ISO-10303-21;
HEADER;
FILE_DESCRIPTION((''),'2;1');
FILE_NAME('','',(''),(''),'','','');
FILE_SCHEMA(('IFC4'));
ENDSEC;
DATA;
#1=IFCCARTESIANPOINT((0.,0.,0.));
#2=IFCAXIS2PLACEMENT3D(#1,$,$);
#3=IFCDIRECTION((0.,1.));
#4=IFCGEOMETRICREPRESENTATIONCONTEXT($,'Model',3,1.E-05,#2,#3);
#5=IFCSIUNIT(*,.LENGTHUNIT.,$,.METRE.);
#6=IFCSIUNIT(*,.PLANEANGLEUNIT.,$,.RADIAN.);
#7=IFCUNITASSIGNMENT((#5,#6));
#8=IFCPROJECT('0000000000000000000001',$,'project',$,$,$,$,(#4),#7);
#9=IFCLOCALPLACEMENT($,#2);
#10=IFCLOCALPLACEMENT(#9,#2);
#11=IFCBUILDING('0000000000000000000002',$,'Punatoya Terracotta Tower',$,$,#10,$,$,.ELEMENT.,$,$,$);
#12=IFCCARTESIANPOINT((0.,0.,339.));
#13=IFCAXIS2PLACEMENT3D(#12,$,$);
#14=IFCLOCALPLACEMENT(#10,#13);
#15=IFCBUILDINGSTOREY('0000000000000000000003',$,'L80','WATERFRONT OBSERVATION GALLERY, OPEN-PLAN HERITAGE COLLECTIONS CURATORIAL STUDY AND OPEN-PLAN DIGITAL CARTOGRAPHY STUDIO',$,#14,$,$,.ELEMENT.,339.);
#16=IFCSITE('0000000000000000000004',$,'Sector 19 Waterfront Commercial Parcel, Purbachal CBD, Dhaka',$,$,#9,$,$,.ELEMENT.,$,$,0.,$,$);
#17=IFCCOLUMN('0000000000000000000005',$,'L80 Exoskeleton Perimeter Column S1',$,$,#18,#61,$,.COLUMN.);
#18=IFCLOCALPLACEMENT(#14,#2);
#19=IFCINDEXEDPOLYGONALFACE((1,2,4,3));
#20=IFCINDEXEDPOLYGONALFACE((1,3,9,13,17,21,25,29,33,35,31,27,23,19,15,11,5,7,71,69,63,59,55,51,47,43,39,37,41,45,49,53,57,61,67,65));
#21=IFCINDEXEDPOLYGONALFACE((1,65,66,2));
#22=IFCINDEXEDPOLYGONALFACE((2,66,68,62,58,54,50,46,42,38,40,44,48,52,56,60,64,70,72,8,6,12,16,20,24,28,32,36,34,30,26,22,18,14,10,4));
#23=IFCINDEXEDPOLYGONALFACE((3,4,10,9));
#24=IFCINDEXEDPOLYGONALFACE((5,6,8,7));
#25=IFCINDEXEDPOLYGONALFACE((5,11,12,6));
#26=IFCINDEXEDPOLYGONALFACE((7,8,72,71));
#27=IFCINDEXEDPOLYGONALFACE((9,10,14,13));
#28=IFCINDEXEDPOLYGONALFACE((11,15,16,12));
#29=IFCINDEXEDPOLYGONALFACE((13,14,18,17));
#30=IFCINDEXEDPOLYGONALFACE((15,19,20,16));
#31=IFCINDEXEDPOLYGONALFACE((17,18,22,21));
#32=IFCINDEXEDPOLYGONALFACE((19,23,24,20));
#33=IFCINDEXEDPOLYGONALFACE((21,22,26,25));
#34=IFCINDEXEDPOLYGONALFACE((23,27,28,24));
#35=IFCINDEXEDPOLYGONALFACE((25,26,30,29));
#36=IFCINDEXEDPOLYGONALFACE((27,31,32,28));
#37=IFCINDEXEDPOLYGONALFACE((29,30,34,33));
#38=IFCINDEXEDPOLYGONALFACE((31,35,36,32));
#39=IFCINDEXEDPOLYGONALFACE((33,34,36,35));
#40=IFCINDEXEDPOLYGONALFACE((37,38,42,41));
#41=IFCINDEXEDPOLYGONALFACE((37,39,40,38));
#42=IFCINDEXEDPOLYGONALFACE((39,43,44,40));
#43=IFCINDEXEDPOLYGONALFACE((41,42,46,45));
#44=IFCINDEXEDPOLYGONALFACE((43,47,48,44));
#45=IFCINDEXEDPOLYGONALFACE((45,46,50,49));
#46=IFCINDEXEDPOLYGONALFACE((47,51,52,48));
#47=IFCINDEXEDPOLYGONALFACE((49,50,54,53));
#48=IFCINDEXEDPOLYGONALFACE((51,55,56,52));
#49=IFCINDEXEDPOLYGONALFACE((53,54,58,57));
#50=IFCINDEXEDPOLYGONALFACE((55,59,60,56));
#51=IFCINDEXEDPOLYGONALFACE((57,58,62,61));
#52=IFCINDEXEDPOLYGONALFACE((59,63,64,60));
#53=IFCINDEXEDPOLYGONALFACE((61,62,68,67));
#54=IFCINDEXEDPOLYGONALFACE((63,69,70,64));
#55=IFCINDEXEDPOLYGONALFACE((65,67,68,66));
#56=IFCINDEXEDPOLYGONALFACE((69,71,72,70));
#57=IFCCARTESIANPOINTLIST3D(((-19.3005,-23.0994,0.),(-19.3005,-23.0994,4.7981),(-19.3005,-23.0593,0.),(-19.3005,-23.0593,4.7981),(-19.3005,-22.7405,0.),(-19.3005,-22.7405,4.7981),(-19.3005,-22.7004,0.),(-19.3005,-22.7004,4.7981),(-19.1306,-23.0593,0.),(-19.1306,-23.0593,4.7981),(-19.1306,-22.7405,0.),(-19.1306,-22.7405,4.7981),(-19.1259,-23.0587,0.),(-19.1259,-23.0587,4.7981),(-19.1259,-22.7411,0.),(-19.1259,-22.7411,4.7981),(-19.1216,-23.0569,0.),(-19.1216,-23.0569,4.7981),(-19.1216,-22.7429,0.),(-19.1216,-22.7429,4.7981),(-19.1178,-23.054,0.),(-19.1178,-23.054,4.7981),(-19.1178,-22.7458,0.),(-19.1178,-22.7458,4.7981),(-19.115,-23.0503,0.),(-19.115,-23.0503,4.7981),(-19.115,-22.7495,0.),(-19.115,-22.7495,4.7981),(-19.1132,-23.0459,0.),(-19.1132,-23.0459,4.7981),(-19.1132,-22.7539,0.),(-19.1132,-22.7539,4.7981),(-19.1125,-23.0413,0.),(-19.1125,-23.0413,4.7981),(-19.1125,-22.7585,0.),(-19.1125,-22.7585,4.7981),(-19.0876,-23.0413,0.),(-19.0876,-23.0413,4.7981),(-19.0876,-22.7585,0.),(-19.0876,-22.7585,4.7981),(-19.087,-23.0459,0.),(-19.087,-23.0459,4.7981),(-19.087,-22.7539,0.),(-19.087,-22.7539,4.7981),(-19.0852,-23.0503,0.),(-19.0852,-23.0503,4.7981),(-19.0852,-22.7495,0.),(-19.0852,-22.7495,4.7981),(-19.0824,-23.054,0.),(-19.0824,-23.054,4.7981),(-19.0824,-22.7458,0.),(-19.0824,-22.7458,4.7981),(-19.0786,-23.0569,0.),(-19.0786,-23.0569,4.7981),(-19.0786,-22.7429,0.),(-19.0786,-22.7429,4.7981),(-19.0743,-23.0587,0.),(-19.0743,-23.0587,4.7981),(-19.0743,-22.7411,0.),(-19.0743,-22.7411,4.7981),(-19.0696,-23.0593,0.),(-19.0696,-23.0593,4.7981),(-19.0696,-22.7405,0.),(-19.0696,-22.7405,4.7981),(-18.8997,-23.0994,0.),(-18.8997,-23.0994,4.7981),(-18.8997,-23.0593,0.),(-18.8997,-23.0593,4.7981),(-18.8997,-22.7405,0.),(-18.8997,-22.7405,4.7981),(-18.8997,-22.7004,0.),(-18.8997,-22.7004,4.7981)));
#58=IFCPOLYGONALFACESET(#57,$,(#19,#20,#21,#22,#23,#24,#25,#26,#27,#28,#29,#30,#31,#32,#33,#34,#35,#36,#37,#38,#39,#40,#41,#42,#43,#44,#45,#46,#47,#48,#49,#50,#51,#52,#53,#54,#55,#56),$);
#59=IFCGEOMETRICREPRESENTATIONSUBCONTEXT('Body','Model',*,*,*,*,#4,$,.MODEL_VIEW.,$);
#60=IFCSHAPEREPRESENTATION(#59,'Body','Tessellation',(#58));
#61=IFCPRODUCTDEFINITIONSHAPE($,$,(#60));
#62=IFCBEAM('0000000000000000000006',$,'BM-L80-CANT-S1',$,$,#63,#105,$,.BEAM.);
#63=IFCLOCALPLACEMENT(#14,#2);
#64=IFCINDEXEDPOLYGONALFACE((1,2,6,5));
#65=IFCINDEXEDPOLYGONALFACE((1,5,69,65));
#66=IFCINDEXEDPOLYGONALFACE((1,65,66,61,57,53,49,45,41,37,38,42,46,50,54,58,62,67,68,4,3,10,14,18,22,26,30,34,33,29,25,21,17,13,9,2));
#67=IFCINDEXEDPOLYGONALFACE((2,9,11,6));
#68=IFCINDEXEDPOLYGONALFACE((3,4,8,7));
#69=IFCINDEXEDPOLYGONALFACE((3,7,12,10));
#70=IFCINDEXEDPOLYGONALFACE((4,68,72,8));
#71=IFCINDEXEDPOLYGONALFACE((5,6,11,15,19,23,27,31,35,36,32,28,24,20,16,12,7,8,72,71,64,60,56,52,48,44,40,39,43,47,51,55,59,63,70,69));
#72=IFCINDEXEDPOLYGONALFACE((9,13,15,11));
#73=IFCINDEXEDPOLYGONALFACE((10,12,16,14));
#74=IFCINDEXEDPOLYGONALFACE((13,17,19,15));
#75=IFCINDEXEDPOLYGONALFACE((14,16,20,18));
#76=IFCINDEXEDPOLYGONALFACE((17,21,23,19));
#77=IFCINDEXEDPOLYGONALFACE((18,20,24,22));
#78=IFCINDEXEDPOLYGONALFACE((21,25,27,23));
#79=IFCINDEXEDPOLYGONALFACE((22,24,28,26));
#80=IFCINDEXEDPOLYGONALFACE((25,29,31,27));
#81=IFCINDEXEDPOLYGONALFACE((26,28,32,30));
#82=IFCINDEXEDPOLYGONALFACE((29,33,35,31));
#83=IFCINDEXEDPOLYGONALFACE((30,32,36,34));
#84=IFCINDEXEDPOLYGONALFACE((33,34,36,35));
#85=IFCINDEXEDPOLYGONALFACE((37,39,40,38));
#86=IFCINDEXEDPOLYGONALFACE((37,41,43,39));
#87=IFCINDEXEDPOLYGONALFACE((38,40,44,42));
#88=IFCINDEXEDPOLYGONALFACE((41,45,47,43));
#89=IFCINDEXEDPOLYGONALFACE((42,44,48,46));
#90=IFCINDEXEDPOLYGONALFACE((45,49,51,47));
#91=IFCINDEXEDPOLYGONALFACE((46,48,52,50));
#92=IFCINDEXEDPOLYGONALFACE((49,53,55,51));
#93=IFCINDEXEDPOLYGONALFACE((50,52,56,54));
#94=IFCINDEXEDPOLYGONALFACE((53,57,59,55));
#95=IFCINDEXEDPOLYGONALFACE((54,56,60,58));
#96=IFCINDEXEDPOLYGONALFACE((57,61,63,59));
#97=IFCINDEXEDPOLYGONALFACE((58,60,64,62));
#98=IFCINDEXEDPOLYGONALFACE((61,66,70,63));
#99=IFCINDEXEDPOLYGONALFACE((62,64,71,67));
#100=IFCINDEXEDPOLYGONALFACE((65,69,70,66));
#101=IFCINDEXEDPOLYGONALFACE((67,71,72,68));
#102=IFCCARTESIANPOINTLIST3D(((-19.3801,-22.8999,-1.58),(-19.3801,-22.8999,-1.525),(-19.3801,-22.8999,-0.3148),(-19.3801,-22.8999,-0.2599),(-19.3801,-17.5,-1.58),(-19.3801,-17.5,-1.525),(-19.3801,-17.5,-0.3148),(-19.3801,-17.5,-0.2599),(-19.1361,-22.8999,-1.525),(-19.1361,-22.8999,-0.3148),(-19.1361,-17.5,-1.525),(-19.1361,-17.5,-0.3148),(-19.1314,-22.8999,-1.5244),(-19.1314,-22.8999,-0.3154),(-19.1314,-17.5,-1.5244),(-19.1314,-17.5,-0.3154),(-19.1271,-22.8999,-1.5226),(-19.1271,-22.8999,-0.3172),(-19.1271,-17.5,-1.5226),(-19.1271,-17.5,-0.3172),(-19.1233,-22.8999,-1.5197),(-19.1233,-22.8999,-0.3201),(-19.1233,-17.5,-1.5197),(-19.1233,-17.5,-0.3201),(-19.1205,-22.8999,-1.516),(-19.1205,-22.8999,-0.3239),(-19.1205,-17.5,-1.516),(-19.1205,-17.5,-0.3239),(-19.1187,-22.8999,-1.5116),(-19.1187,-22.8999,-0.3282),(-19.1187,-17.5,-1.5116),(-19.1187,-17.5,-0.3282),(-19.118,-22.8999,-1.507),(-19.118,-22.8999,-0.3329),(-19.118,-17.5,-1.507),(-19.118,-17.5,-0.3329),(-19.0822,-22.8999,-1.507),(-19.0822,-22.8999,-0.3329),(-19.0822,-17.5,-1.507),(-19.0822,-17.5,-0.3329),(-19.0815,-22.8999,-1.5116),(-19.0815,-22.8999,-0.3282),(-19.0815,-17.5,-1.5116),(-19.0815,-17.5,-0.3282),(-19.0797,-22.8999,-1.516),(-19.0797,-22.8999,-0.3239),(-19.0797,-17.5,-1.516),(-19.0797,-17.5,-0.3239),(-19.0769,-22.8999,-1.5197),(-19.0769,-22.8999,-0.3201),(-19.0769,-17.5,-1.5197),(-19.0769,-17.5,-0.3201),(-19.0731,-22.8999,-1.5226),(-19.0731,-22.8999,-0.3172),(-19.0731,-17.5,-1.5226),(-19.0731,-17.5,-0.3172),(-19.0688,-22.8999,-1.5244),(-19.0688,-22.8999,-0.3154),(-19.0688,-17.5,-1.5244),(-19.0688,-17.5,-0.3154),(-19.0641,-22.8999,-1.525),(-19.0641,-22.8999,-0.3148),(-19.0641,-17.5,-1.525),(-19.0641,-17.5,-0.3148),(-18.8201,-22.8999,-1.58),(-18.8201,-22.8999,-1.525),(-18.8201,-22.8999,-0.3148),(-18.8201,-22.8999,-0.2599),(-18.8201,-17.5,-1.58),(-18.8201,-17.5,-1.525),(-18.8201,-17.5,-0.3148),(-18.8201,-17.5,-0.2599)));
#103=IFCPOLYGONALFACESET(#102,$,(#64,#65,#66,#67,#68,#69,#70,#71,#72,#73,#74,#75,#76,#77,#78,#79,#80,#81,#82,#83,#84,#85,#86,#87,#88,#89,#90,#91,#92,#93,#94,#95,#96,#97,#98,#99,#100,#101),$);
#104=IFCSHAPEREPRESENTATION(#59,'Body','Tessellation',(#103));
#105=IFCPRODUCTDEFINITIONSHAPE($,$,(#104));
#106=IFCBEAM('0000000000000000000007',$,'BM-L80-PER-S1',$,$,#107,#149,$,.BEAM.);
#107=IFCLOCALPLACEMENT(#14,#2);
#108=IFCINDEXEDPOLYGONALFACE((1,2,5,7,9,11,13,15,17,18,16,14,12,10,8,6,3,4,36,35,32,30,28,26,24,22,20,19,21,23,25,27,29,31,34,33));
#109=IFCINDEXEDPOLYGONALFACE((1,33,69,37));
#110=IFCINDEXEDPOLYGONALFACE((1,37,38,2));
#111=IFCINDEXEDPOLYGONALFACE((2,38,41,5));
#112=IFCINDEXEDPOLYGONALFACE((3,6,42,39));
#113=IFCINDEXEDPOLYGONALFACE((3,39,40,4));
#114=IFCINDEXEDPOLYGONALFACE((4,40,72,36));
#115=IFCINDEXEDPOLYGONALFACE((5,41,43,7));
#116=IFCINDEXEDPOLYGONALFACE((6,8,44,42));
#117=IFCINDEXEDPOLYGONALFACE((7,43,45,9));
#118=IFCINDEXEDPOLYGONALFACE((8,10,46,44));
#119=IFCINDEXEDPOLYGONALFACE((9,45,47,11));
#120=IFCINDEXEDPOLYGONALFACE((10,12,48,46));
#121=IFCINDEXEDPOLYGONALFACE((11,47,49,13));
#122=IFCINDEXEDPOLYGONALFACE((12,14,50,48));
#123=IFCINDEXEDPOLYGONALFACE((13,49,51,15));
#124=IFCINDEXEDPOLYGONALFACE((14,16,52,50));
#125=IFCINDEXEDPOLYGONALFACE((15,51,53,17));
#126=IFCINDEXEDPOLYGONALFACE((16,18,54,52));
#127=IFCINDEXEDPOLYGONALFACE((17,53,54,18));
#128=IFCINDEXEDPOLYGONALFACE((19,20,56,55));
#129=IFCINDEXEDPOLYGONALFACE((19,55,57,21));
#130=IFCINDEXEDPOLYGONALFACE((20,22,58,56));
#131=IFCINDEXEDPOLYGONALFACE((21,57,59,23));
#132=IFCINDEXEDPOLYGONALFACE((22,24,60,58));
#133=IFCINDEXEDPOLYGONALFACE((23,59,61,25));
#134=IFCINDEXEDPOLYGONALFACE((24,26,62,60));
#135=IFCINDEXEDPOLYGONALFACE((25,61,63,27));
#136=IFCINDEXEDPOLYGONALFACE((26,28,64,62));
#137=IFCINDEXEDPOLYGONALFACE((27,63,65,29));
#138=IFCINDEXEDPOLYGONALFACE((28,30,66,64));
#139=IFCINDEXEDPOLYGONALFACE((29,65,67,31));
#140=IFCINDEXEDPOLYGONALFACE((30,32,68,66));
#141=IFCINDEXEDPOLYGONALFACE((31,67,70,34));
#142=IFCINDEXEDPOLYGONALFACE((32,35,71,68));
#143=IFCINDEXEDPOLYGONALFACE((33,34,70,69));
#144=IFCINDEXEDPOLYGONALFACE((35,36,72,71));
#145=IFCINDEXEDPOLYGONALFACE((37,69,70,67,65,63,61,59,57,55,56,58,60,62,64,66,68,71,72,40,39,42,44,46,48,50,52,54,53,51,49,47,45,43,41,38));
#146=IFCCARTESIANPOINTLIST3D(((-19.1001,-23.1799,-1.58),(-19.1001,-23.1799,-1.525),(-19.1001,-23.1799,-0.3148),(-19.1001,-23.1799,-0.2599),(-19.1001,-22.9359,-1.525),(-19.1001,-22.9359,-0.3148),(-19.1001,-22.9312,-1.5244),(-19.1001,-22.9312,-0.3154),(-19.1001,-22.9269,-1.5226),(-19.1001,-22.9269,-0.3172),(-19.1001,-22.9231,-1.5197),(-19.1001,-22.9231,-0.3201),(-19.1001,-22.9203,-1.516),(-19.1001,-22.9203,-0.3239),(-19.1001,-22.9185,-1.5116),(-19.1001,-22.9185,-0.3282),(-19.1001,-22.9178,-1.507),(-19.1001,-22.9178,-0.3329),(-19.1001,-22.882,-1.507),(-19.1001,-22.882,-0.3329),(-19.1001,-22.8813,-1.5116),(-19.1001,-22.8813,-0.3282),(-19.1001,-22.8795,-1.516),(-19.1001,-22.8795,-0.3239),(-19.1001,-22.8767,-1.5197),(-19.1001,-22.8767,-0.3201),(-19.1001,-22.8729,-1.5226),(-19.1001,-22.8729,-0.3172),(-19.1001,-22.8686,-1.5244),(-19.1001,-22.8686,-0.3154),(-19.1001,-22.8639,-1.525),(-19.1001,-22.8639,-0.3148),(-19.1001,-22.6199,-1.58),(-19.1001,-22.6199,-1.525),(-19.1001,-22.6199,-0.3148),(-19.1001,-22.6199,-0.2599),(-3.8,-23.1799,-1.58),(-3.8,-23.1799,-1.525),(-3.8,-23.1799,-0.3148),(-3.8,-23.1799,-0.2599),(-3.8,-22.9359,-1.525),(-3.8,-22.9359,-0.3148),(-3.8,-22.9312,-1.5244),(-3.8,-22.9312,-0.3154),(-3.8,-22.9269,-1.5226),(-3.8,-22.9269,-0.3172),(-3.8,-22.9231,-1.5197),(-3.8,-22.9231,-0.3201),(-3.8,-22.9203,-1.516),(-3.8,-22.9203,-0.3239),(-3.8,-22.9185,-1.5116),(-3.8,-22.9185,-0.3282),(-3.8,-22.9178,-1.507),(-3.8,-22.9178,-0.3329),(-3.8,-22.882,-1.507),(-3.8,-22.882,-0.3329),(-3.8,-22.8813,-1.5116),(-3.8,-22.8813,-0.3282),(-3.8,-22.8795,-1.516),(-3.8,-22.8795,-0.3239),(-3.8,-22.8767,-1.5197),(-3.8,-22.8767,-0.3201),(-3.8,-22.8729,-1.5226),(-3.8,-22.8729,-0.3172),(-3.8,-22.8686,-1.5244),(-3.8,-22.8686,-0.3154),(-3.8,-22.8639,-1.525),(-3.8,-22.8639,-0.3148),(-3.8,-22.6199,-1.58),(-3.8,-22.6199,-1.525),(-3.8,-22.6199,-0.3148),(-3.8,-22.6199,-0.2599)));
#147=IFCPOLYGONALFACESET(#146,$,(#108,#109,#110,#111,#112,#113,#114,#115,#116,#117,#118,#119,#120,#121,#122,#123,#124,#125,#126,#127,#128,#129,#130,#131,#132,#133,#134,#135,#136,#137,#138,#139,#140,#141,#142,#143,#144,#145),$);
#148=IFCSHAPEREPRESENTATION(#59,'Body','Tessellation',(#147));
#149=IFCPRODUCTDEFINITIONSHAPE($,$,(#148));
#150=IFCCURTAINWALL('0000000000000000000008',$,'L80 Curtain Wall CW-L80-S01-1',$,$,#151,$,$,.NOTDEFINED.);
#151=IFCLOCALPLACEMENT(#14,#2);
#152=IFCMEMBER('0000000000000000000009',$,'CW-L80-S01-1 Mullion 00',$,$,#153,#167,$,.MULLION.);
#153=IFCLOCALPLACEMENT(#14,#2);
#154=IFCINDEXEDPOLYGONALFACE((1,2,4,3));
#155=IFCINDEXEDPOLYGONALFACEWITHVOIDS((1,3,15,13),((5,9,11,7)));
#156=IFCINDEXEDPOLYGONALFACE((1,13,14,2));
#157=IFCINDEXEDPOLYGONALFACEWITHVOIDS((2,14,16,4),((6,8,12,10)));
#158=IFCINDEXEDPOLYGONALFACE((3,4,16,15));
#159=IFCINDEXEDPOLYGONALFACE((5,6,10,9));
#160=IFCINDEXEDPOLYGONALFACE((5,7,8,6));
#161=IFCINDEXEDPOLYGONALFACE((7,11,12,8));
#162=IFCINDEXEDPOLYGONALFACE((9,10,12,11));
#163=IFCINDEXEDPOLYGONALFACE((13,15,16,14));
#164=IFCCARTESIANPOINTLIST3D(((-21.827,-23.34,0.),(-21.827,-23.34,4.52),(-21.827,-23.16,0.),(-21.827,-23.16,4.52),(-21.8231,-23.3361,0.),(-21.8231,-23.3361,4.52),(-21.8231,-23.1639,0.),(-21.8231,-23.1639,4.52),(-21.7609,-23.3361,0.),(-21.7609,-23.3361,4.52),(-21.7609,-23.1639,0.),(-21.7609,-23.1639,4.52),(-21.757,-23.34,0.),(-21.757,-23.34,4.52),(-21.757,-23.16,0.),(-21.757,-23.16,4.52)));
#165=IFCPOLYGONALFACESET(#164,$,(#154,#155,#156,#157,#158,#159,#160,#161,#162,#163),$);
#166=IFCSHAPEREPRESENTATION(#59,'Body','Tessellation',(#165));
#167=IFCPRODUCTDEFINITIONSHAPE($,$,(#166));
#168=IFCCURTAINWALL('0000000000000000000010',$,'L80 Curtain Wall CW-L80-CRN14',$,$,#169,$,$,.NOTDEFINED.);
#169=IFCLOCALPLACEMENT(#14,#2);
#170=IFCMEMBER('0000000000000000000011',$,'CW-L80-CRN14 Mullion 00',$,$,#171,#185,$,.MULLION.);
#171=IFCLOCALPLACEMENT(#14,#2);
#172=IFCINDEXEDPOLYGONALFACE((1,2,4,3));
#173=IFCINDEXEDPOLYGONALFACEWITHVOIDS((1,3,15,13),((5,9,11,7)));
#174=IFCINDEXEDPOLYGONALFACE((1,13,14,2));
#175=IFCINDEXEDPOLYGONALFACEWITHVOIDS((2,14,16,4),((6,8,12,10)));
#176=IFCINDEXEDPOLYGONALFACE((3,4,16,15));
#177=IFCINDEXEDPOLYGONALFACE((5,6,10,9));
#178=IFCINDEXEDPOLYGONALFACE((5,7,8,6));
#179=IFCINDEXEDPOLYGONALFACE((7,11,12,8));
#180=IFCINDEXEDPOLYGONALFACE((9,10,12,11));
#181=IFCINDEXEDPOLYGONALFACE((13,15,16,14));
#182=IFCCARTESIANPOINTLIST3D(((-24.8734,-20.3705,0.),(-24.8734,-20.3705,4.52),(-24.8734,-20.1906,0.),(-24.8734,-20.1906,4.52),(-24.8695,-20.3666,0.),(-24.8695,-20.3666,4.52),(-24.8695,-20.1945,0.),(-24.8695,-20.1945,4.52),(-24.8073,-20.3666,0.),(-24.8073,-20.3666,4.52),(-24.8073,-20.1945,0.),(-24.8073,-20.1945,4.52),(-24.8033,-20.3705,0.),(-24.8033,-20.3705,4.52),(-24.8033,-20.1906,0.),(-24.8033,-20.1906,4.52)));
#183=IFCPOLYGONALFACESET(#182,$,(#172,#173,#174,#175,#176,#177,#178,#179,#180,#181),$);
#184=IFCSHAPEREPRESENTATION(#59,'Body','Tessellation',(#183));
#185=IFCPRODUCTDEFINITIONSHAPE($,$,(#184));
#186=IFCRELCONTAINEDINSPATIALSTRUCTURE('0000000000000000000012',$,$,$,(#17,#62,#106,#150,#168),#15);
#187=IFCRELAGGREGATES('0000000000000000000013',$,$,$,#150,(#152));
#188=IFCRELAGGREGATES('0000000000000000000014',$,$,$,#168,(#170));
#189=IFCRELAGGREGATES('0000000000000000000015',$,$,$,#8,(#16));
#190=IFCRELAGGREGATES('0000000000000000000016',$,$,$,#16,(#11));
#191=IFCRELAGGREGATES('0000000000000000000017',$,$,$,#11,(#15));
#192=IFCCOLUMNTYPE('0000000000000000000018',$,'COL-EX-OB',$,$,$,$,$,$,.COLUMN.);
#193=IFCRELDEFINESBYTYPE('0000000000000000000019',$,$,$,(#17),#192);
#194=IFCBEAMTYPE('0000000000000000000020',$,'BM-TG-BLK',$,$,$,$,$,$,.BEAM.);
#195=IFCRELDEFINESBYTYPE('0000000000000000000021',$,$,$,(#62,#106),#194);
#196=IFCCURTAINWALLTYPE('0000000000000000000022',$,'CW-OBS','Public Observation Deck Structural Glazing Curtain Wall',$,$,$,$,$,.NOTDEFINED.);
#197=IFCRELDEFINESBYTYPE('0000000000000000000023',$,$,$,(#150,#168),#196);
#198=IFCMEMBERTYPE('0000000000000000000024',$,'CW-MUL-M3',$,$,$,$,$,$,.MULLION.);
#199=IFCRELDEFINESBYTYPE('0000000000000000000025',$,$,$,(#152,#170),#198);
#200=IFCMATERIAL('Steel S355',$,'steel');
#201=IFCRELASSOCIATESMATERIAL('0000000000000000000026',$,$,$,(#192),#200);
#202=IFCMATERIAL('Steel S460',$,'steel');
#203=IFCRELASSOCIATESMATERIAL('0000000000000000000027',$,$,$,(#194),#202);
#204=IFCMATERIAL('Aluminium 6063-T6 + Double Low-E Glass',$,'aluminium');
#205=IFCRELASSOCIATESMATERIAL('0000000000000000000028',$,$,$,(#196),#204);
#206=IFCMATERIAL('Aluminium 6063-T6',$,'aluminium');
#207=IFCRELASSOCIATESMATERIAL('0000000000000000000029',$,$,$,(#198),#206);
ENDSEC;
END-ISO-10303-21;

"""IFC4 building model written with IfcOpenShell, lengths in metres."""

from ifc_helpers import new_model, si_unit, direction, frame, origin, origin_2d, place, context, subcontext, project, spatial, hollow_rectangle, i_section, extrude, material, material_profile, profile_set, type_object, element, aggregate, save


model = new_model("IFC4")

# Units and contexts
model_context = context("Model", 3, precision=1e-05, world=origin(), true_north=direction((0.0, 1.0)))
body_context = subcontext(model_context, "Body", "Model", "MODEL_VIEW")
ifc_project = project(units=[si_unit("LENGTHUNIT", "METRE"), si_unit("PLANEANGLEUNIT", "RADIAN")], contexts=[model_context])

# Site, building, storey
site_placement = place(None, origin())
site = spatial("IfcSite", under=ifc_project, at=site_placement, Name="Sector 19 Waterfront Commercial Parcel, Purbachal CBD, Dhaka", CompositionType="ELEMENT", RefElevation=0.0)
building_placement = place(site_placement, origin())
building = spatial("IfcBuilding", under=site, at=building_placement, Name="Punatoya Terracotta Tower", CompositionType="ELEMENT")
storey_placement = place(building_placement, frame((0.0, 0.0, 339.0)))
storey = spatial("IfcBuildingStorey", under=building, at=storey_placement, Name="L80", Description="WATERFRONT OBSERVATION GALLERY, OPEN-PLAN HERITAGE COLLECTIONS CURATORIAL STUDY AND OPEN-PLAN DIGITAL CARTOGRAPHY STUDIO", CompositionType="ELEMENT", Elevation=339.0)

# Column
ifc_material_1 = material(Name="Steel S355", Category="steel")
ifc_material_profile_1 = material_profile(ifc_material_1, i_section(OverallWidth=0.4009, OverallDepth=0.3989, WebThickness=0.0249, FlangeThickness=0.04, FilletRadius=0.0181, at=origin_2d()))
ifc_profile_set_1 = profile_set([ifc_material_profile_1], Name="Steel S355")
column_type = type_object("IfcColumnType", Name="COL-EX-OB", PredefinedType="COLUMN", material=ifc_profile_set_1)
column_placement = place(storey_placement, frame((-19.1001, -22.8999, 0.0), z_axis=(0.0, 0.0, 1.0), x_axis=(1.0, 0.0, 0.0)))
element("IfcColumn", 1, at=column_placement, inside=storey, type_object=column_type, Name="L80 Exoskeleton Perimeter Column S1", PredefinedType="COLUMN", context=body_context, shape_type="SweptSolid", body=[
    extrude(i_section(OverallWidth=0.4009, OverallDepth=0.3989, WebThickness=0.0249, FlangeThickness=0.04, FilletRadius=0.0181, at=origin_2d()), origin(), (0.0, 0.0, 1.0), 4.7981),
])

# Beams
ifc_material_2 = material(Name="Steel S460", Category="steel")
ifc_material_profile_2 = material_profile(ifc_material_2, i_section(OverallWidth=0.5601, OverallDepth=1.3201, WebThickness=0.0359, FlangeThickness=0.0549, FilletRadius=0.0181, at=origin_2d()))
ifc_profile_set_2 = profile_set([ifc_material_profile_2], Name="Steel S460")
beam_type = type_object("IfcBeamType", Name="BM-TG-BLK", PredefinedType="BEAM", material=ifc_profile_set_2)
beam_1_placement = place(storey_placement, frame((-19.1001, -22.8999, -0.9199), z_axis=(0.0, 1.0, 0.0), x_axis=(-1.0, 0.0, 0.0)))
element("IfcBeam", 2, at=beam_1_placement, inside=storey, type_object=beam_type, Name="BM-L80-CANT-S1", PredefinedType="BEAM", context=body_context, shape_type="SweptSolid", body=[
    extrude(i_section(OverallWidth=0.5601, OverallDepth=1.3201, WebThickness=0.0359, FlangeThickness=0.0549, FilletRadius=0.0181, at=origin_2d()), origin(), (0.0, 0.0, 1.0), 5.3999),
])
beam_2_placement = place(storey_placement, frame((-19.1001, -22.8999, -0.9199), z_axis=(1.0, 0.0, 0.0), x_axis=(0.0, 1.0, 0.0)))
element("IfcBeam", 3, at=beam_2_placement, inside=storey, type_object=beam_type, Name="BM-L80-PER-S1", PredefinedType="BEAM", context=body_context, shape_type="SweptSolid", body=[
    extrude(i_section(OverallWidth=0.5601, OverallDepth=1.3201, WebThickness=0.0359, FlangeThickness=0.0549, FilletRadius=0.0181, at=origin_2d()), origin(), (0.0, 0.0, 1.0), 15.3),
])

# Curtain wall, member
ifc_material_3 = material(Name="Aluminium 6063-T6 + Double Low-E Glass", Category="aluminium")
curtain_wall_type = type_object("IfcCurtainWallType", Name="CW-OBS", Description="Public Observation Deck Structural Glazing Curtain Wall", PredefinedType="NOTDEFINED", material=ifc_material_3)
curtain_wall_1_placement = place(storey_placement, origin())
curtain_wall_1 = element("IfcCurtainWall", 4, at=curtain_wall_1_placement, inside=storey, type_object=curtain_wall_type, Name="L80 Curtain Wall CW-L80-S01-1", PredefinedType="NOTDEFINED")
ifc_material_4 = material(Name="Aluminium 6063-T6", Category="aluminium")
ifc_material_profile_3 = material_profile(ifc_material_4, hollow_rectangle(XDim=0.0701, YDim=0.1799, WallThickness=0.0039, at=origin_2d()))
ifc_profile_set_3 = profile_set([ifc_material_profile_3], Name="Aluminium 6063-T6")
member_type_1 = type_object("IfcMemberType", Name="CW-MUL-M3", PredefinedType="MULLION", material=ifc_profile_set_3)
member_1_placement = place(storey_placement, frame((-21.792, -23.25, 0.0), z_axis=(0.0, 0.0, 1.0), x_axis=(1.0, 0.0, 0.0)))
member_1 = element("IfcMember", 5, at=member_1_placement, type_object=member_type_1, Name="CW-L80-S01-1 Mullion 00", PredefinedType="MULLION", context=body_context, shape_type="SweptSolid", body=[
    extrude(hollow_rectangle(XDim=0.0701, YDim=0.1799, WallThickness=0.0039, at=origin_2d()), origin(), (0.0, 0.0, 1.0), 4.52),
])

# Curtain wall, member
curtain_wall_2_placement = place(storey_placement, origin())
curtain_wall_2 = element("IfcCurtainWall", 6, at=curtain_wall_2_placement, inside=storey, type_object=curtain_wall_type, Name="L80 Curtain Wall CW-L80-CRN14", PredefinedType="NOTDEFINED")
member_2_placement = place(storey_placement, frame((-24.8384, -20.2805, 0.0), z_axis=(0.0, 0.0, 1.0), x_axis=(1.0, 0.0, 0.0)))
member_2 = element("IfcMember", 7, at=member_2_placement, type_object=member_type_1, Name="CW-L80-CRN14 Mullion 00", PredefinedType="MULLION", context=body_context, shape_type="SweptSolid", body=[
    extrude(hollow_rectangle(XDim=0.0701, YDim=0.1799, WallThickness=0.0039, at=origin_2d()), origin(), (0.0, 0.0, 1.0), 4.52),
])

aggregate(curtain_wall_1, [member_1])
aggregate(curtain_wall_2, [member_2])

save(model, "model.ifc")
